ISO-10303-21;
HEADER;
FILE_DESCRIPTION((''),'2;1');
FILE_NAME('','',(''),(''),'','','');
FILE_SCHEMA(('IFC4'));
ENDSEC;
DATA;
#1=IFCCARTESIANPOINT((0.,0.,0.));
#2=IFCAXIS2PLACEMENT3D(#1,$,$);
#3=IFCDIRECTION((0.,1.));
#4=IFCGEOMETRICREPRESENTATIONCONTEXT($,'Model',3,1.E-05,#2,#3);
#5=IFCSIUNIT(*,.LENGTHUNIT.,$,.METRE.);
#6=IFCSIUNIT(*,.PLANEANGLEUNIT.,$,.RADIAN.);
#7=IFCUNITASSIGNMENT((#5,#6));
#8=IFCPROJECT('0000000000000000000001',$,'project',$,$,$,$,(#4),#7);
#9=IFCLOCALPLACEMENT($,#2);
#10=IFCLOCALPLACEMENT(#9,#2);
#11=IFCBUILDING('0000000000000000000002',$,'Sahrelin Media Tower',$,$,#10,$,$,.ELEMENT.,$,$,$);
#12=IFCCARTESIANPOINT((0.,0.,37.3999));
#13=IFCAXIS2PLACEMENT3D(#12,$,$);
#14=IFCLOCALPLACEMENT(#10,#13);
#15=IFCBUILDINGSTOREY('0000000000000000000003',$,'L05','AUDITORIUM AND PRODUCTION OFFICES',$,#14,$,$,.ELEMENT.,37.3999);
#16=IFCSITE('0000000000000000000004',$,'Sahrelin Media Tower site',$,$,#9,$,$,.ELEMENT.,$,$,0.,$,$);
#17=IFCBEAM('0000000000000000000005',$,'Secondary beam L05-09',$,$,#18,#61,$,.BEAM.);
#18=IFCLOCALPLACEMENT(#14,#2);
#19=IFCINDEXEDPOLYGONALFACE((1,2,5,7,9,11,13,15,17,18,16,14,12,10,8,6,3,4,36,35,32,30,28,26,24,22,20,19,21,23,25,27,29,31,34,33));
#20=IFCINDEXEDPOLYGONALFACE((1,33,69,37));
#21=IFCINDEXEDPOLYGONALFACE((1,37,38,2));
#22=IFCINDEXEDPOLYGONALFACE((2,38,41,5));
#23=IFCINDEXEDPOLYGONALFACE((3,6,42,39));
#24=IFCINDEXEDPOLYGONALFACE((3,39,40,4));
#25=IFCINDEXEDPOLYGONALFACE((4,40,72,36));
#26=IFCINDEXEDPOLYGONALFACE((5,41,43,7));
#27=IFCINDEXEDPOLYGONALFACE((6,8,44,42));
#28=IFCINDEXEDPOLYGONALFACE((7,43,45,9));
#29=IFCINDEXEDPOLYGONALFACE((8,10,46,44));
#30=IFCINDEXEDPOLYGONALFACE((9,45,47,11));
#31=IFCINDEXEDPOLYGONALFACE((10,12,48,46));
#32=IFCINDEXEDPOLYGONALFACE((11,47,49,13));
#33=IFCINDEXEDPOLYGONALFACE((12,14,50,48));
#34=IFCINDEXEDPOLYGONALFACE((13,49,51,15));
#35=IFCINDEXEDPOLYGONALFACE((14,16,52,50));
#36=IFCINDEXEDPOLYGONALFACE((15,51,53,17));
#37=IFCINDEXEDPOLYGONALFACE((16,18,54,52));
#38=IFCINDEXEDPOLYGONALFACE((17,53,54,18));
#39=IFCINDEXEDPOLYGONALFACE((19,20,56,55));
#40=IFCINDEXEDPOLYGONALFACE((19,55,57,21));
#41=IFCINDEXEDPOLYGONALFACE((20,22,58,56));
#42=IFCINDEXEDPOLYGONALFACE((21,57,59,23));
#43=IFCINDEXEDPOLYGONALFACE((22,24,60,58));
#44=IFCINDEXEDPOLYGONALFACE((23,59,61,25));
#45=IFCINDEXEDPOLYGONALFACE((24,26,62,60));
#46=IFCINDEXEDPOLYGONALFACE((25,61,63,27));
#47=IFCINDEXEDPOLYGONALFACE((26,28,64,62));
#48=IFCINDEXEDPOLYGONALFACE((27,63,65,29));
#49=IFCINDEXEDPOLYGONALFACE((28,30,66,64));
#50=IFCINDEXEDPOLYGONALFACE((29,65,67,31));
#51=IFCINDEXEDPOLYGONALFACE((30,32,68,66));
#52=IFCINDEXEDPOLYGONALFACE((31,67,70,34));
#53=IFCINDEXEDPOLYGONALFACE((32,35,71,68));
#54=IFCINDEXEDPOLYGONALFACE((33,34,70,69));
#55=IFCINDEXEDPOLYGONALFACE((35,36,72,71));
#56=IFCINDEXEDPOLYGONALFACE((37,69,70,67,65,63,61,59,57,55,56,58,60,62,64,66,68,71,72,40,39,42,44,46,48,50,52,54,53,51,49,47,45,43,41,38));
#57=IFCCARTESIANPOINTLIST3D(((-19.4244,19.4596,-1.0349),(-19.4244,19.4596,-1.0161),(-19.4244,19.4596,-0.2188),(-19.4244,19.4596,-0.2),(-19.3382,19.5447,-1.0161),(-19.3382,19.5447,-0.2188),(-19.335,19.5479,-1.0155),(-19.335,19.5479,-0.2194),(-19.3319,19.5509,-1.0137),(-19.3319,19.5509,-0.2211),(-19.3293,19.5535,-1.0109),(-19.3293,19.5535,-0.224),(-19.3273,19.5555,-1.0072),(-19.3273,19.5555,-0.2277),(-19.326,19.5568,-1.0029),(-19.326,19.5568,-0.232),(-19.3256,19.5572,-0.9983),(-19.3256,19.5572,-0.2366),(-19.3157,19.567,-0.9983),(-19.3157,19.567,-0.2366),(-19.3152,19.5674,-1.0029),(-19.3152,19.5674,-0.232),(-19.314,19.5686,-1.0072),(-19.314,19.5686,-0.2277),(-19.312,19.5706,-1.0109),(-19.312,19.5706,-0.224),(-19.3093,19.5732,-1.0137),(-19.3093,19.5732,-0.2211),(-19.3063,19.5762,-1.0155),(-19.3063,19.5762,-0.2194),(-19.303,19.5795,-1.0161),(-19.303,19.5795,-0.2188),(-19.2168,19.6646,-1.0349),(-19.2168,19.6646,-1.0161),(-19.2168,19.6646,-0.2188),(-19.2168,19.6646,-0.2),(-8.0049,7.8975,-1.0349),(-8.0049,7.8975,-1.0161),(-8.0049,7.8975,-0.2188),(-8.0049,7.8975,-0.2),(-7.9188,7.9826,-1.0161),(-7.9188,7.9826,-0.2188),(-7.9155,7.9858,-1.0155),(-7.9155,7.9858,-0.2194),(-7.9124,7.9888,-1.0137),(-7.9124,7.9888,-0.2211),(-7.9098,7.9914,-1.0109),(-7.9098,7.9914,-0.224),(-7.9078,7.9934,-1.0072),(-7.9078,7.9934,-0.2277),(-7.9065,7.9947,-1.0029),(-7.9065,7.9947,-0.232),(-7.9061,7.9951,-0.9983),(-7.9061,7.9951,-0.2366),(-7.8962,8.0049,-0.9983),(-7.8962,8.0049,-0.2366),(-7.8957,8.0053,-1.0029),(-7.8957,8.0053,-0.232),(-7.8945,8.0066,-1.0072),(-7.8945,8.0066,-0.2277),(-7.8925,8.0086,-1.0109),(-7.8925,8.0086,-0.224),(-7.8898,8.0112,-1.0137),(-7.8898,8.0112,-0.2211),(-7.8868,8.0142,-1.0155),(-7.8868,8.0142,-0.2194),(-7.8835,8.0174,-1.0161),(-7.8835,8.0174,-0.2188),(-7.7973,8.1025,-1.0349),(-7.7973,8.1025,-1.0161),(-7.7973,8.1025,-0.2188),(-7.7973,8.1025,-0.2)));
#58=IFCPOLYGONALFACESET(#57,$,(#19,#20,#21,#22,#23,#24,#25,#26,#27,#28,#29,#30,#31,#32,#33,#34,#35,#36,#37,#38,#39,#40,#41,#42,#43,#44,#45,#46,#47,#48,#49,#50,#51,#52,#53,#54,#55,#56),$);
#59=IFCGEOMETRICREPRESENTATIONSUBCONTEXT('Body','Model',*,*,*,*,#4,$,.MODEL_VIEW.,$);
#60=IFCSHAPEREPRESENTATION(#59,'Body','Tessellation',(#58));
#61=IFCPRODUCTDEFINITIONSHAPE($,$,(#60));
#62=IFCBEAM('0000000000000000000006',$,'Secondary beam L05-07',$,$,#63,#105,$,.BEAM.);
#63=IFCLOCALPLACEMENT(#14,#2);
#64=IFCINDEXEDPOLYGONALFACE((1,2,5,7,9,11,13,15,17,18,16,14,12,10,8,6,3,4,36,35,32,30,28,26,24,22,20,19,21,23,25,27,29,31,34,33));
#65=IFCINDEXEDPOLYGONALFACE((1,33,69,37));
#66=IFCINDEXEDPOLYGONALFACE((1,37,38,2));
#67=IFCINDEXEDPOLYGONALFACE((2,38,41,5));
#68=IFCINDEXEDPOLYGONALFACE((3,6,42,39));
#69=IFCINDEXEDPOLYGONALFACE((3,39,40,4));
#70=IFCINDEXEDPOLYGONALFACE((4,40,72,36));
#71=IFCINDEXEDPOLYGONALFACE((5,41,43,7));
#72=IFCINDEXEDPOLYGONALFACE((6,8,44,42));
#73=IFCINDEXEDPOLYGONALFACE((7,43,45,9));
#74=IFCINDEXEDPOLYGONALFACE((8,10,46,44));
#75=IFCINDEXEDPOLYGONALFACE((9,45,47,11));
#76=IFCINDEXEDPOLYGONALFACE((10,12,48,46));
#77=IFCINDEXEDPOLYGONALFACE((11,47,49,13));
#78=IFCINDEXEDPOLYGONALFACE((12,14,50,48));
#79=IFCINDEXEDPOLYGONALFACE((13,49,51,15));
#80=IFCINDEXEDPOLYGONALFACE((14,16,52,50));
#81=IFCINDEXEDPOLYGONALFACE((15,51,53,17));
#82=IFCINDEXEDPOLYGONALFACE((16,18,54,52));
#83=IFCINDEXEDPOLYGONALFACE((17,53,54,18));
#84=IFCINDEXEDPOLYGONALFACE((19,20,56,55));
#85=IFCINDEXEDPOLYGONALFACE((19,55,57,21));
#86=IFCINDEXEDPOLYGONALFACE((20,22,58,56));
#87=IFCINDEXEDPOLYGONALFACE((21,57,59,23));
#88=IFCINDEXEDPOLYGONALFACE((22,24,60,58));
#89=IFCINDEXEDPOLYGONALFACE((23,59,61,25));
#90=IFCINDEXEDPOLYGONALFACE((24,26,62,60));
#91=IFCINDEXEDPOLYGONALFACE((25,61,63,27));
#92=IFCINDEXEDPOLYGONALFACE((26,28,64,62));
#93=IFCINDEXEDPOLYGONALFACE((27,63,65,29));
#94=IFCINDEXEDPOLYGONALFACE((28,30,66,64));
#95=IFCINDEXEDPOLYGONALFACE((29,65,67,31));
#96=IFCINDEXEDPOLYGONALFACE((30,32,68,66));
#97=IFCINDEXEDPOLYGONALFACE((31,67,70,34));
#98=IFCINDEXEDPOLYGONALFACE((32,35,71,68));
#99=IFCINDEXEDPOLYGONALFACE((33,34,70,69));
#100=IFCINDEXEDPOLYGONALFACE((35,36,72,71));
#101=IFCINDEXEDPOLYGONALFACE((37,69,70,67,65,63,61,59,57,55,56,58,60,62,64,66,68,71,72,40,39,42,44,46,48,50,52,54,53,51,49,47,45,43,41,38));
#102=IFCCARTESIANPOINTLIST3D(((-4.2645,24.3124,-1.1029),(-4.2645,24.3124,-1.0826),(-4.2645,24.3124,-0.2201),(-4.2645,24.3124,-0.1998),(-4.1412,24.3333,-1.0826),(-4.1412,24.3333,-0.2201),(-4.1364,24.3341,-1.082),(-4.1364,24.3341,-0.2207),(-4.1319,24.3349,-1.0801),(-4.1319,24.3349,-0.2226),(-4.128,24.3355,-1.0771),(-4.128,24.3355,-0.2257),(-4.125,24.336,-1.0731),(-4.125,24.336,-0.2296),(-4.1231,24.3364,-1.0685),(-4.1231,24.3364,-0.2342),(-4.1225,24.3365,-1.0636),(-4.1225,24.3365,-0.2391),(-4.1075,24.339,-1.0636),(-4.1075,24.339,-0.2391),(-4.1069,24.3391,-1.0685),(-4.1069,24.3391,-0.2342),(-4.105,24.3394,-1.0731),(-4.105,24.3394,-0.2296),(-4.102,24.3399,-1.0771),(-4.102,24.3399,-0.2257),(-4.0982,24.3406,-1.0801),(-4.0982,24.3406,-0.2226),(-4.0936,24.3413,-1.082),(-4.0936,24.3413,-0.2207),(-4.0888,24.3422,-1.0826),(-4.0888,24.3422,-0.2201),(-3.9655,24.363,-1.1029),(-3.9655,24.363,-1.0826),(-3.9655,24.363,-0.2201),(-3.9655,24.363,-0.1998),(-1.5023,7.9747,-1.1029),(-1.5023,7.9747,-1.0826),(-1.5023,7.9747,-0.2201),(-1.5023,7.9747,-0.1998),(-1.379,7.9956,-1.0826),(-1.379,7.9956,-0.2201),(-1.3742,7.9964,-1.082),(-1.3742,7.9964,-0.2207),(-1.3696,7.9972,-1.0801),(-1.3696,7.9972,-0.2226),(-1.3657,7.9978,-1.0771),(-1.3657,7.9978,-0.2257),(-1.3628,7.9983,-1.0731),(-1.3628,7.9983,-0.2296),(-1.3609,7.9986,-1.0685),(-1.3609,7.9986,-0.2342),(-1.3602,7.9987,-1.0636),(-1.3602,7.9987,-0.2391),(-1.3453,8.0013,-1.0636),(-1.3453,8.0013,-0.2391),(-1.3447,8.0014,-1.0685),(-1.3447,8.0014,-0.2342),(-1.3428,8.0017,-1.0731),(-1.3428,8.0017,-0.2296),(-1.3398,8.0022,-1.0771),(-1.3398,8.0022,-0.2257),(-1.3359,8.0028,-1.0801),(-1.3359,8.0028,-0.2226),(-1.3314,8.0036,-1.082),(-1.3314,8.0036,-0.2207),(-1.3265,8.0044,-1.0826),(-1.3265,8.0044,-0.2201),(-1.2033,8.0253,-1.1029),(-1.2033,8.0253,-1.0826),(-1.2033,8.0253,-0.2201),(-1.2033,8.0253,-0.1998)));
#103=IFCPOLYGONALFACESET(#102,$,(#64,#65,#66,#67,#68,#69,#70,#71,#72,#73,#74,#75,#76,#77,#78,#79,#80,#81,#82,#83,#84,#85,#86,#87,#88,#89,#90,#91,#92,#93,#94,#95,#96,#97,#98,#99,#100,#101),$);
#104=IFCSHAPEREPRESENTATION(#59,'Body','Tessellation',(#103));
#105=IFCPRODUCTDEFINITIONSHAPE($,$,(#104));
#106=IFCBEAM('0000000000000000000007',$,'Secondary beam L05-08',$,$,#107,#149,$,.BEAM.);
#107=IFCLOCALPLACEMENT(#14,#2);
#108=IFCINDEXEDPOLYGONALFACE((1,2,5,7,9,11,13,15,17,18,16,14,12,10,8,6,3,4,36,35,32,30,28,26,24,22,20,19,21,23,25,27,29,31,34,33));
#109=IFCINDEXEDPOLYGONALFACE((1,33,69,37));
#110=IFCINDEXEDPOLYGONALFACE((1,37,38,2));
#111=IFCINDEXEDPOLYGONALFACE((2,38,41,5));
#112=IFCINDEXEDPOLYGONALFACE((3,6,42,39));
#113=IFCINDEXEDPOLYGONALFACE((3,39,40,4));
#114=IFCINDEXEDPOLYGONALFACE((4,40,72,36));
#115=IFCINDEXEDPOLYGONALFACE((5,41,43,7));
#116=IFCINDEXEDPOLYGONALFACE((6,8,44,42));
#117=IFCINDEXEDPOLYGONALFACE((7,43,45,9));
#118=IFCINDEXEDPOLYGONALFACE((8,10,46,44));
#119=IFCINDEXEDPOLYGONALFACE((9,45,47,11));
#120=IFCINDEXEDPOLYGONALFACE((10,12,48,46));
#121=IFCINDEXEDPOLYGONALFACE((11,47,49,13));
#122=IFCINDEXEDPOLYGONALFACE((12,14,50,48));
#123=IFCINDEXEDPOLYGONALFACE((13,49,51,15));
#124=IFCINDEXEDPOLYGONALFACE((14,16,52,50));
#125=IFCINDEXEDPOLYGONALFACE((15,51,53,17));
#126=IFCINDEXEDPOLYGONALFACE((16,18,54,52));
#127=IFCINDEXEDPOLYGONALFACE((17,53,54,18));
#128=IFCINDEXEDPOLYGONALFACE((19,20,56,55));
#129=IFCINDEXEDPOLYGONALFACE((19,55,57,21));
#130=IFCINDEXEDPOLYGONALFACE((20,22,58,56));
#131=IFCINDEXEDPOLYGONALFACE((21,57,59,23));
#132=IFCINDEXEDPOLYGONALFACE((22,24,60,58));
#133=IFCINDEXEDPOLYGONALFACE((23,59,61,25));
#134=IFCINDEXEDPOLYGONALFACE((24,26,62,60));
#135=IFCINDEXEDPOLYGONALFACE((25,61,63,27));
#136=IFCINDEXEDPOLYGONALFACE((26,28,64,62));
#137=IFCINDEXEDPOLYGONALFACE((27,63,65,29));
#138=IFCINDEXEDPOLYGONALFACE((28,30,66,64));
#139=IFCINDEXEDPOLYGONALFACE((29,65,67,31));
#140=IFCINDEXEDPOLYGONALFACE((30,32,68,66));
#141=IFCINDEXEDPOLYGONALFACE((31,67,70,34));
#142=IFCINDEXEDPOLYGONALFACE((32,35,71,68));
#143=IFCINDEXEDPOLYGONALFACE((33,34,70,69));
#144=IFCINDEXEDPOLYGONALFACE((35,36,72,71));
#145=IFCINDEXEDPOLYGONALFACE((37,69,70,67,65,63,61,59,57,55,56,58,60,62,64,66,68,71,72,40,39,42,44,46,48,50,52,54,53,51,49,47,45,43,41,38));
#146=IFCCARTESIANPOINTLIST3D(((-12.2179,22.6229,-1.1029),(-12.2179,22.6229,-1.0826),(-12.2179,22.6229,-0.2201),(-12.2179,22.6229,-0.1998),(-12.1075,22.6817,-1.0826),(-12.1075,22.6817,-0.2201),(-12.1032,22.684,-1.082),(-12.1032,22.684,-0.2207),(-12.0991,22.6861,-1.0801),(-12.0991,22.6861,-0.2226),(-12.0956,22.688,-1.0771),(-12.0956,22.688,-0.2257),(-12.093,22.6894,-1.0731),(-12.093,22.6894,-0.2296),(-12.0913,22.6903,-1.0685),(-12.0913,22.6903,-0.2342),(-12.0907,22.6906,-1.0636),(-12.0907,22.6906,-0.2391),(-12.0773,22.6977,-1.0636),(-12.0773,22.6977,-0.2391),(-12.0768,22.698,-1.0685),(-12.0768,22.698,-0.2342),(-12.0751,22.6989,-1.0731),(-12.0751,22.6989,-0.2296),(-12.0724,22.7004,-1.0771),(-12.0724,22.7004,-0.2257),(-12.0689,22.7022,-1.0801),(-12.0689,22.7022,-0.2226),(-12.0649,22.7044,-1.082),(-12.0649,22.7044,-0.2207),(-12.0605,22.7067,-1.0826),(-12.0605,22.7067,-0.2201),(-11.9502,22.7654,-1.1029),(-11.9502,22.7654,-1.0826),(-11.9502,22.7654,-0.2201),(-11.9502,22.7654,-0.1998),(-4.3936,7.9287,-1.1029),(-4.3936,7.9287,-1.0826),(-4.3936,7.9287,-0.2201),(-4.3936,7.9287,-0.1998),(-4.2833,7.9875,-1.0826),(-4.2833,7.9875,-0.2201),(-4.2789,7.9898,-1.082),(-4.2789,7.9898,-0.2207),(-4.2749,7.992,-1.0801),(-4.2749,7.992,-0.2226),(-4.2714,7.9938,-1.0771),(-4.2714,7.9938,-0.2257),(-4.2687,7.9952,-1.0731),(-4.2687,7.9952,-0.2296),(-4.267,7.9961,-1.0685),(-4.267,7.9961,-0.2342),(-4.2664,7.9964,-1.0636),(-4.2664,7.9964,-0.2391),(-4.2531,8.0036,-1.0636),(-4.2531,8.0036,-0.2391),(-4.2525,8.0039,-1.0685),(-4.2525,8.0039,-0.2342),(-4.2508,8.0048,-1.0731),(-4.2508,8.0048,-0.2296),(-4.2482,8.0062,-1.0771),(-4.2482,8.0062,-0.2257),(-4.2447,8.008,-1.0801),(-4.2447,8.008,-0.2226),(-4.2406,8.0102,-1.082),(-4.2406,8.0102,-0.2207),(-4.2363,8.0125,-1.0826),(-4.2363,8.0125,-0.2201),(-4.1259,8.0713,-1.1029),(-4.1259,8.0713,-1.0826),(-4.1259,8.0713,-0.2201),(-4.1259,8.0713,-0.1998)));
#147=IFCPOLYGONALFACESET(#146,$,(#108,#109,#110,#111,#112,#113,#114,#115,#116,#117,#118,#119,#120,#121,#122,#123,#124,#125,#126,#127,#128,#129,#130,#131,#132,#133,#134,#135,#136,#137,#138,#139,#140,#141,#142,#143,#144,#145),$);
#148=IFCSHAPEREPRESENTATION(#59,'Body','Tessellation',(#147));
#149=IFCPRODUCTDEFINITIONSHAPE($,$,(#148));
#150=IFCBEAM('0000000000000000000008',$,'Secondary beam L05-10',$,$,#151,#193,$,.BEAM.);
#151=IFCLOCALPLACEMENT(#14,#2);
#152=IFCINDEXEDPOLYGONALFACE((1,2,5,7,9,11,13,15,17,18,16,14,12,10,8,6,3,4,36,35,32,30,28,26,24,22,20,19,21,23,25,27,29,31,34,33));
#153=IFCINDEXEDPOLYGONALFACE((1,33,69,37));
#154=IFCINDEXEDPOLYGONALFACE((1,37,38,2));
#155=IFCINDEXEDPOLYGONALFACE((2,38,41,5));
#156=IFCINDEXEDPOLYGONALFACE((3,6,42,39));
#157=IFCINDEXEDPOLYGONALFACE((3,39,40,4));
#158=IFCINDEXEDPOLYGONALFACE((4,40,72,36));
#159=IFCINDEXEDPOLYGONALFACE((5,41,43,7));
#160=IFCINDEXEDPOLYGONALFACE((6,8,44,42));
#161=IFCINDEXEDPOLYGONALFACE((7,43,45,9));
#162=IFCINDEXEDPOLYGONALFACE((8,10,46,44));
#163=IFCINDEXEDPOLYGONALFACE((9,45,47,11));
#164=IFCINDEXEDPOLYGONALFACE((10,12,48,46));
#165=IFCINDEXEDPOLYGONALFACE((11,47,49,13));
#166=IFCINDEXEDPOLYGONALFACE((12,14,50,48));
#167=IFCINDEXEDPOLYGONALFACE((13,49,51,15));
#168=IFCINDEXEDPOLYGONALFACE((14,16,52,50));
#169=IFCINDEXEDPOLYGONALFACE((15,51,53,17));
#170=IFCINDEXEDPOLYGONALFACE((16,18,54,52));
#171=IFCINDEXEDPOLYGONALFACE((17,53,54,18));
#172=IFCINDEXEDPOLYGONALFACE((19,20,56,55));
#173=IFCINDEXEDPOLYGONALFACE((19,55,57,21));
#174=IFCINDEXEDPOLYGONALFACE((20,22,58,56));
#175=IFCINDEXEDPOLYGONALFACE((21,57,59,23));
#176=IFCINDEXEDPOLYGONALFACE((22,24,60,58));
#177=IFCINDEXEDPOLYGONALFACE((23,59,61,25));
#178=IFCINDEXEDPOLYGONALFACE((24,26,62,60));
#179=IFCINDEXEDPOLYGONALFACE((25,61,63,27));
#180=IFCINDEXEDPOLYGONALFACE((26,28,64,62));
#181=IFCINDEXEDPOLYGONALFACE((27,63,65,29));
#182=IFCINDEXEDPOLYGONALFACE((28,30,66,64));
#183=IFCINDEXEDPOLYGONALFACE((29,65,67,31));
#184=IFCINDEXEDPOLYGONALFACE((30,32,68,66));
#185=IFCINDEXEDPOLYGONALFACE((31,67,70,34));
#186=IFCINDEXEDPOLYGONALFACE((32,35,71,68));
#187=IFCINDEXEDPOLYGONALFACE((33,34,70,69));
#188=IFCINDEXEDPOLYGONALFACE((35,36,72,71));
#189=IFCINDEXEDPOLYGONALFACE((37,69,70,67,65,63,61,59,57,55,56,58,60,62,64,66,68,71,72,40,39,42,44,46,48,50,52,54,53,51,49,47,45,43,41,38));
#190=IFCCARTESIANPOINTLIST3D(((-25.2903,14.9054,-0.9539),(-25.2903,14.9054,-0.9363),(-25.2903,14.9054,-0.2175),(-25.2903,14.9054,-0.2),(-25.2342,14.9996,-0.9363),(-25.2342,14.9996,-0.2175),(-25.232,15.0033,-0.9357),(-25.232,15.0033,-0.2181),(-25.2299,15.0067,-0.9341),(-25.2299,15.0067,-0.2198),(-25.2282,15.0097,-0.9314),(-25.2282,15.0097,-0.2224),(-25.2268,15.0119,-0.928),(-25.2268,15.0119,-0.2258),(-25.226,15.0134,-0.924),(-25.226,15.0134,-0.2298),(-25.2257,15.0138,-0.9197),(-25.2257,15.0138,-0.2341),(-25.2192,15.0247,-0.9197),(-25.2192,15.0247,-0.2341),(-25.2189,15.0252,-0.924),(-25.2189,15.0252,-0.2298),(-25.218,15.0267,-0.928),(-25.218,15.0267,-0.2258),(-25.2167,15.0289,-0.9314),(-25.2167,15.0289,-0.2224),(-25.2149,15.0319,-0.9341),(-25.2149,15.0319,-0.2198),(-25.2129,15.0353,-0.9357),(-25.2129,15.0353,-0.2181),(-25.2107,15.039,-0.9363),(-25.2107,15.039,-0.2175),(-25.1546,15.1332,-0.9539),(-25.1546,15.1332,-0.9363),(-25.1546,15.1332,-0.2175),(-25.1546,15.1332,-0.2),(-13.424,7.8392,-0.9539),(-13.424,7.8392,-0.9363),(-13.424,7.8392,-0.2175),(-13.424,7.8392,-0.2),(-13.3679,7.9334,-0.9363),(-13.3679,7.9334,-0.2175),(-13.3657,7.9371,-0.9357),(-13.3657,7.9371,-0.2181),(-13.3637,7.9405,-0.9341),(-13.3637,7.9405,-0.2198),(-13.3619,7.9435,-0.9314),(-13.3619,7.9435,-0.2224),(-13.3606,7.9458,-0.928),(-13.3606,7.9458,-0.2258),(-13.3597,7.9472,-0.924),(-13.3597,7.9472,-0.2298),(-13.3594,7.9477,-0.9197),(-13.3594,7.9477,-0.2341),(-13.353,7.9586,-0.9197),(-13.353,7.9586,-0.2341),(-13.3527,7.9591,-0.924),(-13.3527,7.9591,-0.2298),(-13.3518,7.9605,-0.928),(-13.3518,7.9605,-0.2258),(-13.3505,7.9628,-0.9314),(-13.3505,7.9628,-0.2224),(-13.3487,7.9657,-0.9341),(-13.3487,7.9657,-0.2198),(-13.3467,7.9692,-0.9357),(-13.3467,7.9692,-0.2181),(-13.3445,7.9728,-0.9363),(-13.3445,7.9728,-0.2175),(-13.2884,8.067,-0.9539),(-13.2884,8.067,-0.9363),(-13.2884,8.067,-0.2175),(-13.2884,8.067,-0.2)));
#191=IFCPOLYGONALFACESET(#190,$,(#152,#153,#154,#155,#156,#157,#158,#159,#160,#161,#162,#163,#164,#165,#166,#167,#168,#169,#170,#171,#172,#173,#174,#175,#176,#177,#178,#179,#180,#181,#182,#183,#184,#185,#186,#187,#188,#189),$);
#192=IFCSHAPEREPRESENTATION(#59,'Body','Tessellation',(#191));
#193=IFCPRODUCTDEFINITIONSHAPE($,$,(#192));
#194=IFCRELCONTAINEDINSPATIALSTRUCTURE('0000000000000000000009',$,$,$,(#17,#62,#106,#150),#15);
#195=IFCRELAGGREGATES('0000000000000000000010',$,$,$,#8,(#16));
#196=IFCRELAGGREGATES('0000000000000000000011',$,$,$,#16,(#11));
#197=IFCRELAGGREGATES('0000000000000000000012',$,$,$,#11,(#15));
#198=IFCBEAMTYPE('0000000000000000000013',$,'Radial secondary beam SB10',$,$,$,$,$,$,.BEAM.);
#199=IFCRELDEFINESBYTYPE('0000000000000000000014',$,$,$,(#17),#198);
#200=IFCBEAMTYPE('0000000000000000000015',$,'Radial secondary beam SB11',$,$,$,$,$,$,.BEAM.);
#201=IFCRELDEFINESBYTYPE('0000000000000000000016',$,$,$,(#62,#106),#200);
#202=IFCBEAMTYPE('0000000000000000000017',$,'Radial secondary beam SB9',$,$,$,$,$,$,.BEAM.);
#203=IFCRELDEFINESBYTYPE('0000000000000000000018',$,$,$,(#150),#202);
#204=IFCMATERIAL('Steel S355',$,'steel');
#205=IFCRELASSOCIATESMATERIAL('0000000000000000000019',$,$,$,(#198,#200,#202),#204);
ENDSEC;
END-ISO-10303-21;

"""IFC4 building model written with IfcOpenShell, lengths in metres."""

from ifc_helpers import new_model, si_unit, direction, frame, origin, origin_2d, place, context, subcontext, project, spatial, i_section, extrude, material, material_profile, profile_set, type_object, element, save


model = new_model("IFC4")

# Units and contexts
model_context = context("Model", 3, precision=1e-05, world=origin(), true_north=direction((0.0, 1.0)))
body_context = subcontext(model_context, "Body", "Model", "MODEL_VIEW")
ifc_project = project(units=[si_unit("LENGTHUNIT", "METRE"), si_unit("PLANEANGLEUNIT", "RADIAN")], contexts=[model_context])

# Site, building, storey
site_placement = place(None, origin())
site = spatial("IfcSite", under=ifc_project, at=site_placement, Name="Sahrelin Media Tower site", CompositionType="ELEMENT", RefElevation=0.0)
building_placement = place(site_placement, origin())
building = spatial("IfcBuilding", under=site, at=building_placement, Name="Sahrelin Media Tower", CompositionType="ELEMENT")
storey_placement = place(building_placement, frame((0.0, 0.0, 37.3999)))
storey = spatial("IfcBuildingStorey", under=building, at=storey_placement, Name="L05", Description="AUDITORIUM AND PRODUCTION OFFICES", CompositionType="ELEMENT", Elevation=37.3999)

# Beams
ifc_material_1 = material(Name="Steel S355", Category="steel")
ifc_material_profile_1 = material_profile(ifc_material_1, i_section(OverallWidth=0.2917, OverallDepth=0.835, WebThickness=0.0139, FlangeThickness=0.0188, FilletRadius=0.0178, at=origin_2d()), Name="UB 838x292x176")
ifc_profile_set_1 = profile_set([ifc_material_profile_1], Name="Steel S355")
beam_type_1 = type_object("IfcBeamType", Name="Radial secondary beam SB10", PredefinedType="BEAM", material=ifc_profile_set_1)
beam_1_placement = place(storey_placement, frame((-7.9011, 8.0, -0.6174), z_axis=(-0.702706, 0.71148, 0.0), x_axis=(-0.71148, -0.702706, 0.0)))
element("IfcBeam", 1, at=beam_1_placement, inside=storey, type_object=beam_type_1, Name="Secondary beam L05-09", PredefinedType="BEAM", context=body_context, shape_type="SweptSolid", body=[
    extrude(i_section(OverallWidth=0.2917, OverallDepth=0.835, WebThickness=0.0139, FlangeThickness=0.0188, FilletRadius=0.0178, at=origin_2d()), origin(), (0.0, 0.0, 1.0), 16.2507),
])
ifc_material_profile_2 = material_profile(ifc_material_1, i_section(OverallWidth=0.3032, OverallDepth=0.9031, WebThickness=0.0151, FlangeThickness=0.0203, FilletRadius=0.019, at=origin_2d()), Name="UB 914x305x201")
ifc_profile_set_2 = profile_set([ifc_material_profile_2], Name="Steel S355")
beam_type_2 = type_object("IfcBeamType", Name="Radial secondary beam SB11", PredefinedType="BEAM", material=ifc_profile_set_2)
beam_2_placement = place(storey_placement, frame((-1.3528, 8.0, -0.6514), z_axis=(-0.166704, 0.986007, 0.0), x_axis=(-0.986007, -0.166704, 0.0)))
element("IfcBeam", 2, at=beam_2_placement, inside=storey, type_object=beam_type_2, Name="Secondary beam L05-07", PredefinedType="BEAM", context=body_context, shape_type="SweptSolid", body=[
    extrude(i_section(OverallWidth=0.3032, OverallDepth=0.9031, WebThickness=0.0151, FlangeThickness=0.0203, FilletRadius=0.019, at=origin_2d()), origin(), (0.0, 0.0, 1.0), 16.5696),
])
beam_3_placement = place(storey_placement, frame((-4.2598, 8.0, -0.6514), z_axis=(-0.469997, 0.882668, 0.0), x_axis=(-0.882668, -0.469997, 0.0)))
element("IfcBeam", 3, at=beam_3_placement, inside=storey, type_object=beam_type_2, Name="Secondary beam L05-08", PredefinedType="BEAM", context=body_context, shape_type="SweptSolid", body=[
    extrude(i_section(OverallWidth=0.3032, OverallDepth=0.9031, WebThickness=0.0151, FlangeThickness=0.0203, FilletRadius=0.019, at=origin_2d()), origin(), (0.0, 0.0, 1.0), 16.6475),
])
ifc_material_profile_3 = material_profile(ifc_material_1, i_section(OverallWidth=0.2651, OverallDepth=0.7539, WebThickness=0.0127, FlangeThickness=0.0176, FilletRadius=0.0166, at=origin_2d()), Name="UB 762x267x147")
ifc_profile_set_3 = profile_set([ifc_material_profile_3], Name="Steel S355")
beam_type_3 = type_object("IfcBeamType", Name="Radial secondary beam SB9", PredefinedType="BEAM", material=ifc_profile_set_3)
beam_4_placement = place(storey_placement, frame((-13.3562, 7.9531, -0.5769), z_axis=(-0.859199, 0.511641, 0.0), x_axis=(-0.511641, -0.859199, 0.0)))
element("IfcBeam", 4, at=beam_4_placement, inside=storey, type_object=beam_type_3, Name="Secondary beam L05-10", PredefinedType="BEAM", context=body_context, shape_type="SweptSolid", body=[
    extrude(i_section(OverallWidth=0.2651, OverallDepth=0.7539, WebThickness=0.0127, FlangeThickness=0.0176, FilletRadius=0.0166, at=origin_2d()), origin(), (0.0, 0.0, 1.0), 13.8108),
])

save(model, "model.ifc")
